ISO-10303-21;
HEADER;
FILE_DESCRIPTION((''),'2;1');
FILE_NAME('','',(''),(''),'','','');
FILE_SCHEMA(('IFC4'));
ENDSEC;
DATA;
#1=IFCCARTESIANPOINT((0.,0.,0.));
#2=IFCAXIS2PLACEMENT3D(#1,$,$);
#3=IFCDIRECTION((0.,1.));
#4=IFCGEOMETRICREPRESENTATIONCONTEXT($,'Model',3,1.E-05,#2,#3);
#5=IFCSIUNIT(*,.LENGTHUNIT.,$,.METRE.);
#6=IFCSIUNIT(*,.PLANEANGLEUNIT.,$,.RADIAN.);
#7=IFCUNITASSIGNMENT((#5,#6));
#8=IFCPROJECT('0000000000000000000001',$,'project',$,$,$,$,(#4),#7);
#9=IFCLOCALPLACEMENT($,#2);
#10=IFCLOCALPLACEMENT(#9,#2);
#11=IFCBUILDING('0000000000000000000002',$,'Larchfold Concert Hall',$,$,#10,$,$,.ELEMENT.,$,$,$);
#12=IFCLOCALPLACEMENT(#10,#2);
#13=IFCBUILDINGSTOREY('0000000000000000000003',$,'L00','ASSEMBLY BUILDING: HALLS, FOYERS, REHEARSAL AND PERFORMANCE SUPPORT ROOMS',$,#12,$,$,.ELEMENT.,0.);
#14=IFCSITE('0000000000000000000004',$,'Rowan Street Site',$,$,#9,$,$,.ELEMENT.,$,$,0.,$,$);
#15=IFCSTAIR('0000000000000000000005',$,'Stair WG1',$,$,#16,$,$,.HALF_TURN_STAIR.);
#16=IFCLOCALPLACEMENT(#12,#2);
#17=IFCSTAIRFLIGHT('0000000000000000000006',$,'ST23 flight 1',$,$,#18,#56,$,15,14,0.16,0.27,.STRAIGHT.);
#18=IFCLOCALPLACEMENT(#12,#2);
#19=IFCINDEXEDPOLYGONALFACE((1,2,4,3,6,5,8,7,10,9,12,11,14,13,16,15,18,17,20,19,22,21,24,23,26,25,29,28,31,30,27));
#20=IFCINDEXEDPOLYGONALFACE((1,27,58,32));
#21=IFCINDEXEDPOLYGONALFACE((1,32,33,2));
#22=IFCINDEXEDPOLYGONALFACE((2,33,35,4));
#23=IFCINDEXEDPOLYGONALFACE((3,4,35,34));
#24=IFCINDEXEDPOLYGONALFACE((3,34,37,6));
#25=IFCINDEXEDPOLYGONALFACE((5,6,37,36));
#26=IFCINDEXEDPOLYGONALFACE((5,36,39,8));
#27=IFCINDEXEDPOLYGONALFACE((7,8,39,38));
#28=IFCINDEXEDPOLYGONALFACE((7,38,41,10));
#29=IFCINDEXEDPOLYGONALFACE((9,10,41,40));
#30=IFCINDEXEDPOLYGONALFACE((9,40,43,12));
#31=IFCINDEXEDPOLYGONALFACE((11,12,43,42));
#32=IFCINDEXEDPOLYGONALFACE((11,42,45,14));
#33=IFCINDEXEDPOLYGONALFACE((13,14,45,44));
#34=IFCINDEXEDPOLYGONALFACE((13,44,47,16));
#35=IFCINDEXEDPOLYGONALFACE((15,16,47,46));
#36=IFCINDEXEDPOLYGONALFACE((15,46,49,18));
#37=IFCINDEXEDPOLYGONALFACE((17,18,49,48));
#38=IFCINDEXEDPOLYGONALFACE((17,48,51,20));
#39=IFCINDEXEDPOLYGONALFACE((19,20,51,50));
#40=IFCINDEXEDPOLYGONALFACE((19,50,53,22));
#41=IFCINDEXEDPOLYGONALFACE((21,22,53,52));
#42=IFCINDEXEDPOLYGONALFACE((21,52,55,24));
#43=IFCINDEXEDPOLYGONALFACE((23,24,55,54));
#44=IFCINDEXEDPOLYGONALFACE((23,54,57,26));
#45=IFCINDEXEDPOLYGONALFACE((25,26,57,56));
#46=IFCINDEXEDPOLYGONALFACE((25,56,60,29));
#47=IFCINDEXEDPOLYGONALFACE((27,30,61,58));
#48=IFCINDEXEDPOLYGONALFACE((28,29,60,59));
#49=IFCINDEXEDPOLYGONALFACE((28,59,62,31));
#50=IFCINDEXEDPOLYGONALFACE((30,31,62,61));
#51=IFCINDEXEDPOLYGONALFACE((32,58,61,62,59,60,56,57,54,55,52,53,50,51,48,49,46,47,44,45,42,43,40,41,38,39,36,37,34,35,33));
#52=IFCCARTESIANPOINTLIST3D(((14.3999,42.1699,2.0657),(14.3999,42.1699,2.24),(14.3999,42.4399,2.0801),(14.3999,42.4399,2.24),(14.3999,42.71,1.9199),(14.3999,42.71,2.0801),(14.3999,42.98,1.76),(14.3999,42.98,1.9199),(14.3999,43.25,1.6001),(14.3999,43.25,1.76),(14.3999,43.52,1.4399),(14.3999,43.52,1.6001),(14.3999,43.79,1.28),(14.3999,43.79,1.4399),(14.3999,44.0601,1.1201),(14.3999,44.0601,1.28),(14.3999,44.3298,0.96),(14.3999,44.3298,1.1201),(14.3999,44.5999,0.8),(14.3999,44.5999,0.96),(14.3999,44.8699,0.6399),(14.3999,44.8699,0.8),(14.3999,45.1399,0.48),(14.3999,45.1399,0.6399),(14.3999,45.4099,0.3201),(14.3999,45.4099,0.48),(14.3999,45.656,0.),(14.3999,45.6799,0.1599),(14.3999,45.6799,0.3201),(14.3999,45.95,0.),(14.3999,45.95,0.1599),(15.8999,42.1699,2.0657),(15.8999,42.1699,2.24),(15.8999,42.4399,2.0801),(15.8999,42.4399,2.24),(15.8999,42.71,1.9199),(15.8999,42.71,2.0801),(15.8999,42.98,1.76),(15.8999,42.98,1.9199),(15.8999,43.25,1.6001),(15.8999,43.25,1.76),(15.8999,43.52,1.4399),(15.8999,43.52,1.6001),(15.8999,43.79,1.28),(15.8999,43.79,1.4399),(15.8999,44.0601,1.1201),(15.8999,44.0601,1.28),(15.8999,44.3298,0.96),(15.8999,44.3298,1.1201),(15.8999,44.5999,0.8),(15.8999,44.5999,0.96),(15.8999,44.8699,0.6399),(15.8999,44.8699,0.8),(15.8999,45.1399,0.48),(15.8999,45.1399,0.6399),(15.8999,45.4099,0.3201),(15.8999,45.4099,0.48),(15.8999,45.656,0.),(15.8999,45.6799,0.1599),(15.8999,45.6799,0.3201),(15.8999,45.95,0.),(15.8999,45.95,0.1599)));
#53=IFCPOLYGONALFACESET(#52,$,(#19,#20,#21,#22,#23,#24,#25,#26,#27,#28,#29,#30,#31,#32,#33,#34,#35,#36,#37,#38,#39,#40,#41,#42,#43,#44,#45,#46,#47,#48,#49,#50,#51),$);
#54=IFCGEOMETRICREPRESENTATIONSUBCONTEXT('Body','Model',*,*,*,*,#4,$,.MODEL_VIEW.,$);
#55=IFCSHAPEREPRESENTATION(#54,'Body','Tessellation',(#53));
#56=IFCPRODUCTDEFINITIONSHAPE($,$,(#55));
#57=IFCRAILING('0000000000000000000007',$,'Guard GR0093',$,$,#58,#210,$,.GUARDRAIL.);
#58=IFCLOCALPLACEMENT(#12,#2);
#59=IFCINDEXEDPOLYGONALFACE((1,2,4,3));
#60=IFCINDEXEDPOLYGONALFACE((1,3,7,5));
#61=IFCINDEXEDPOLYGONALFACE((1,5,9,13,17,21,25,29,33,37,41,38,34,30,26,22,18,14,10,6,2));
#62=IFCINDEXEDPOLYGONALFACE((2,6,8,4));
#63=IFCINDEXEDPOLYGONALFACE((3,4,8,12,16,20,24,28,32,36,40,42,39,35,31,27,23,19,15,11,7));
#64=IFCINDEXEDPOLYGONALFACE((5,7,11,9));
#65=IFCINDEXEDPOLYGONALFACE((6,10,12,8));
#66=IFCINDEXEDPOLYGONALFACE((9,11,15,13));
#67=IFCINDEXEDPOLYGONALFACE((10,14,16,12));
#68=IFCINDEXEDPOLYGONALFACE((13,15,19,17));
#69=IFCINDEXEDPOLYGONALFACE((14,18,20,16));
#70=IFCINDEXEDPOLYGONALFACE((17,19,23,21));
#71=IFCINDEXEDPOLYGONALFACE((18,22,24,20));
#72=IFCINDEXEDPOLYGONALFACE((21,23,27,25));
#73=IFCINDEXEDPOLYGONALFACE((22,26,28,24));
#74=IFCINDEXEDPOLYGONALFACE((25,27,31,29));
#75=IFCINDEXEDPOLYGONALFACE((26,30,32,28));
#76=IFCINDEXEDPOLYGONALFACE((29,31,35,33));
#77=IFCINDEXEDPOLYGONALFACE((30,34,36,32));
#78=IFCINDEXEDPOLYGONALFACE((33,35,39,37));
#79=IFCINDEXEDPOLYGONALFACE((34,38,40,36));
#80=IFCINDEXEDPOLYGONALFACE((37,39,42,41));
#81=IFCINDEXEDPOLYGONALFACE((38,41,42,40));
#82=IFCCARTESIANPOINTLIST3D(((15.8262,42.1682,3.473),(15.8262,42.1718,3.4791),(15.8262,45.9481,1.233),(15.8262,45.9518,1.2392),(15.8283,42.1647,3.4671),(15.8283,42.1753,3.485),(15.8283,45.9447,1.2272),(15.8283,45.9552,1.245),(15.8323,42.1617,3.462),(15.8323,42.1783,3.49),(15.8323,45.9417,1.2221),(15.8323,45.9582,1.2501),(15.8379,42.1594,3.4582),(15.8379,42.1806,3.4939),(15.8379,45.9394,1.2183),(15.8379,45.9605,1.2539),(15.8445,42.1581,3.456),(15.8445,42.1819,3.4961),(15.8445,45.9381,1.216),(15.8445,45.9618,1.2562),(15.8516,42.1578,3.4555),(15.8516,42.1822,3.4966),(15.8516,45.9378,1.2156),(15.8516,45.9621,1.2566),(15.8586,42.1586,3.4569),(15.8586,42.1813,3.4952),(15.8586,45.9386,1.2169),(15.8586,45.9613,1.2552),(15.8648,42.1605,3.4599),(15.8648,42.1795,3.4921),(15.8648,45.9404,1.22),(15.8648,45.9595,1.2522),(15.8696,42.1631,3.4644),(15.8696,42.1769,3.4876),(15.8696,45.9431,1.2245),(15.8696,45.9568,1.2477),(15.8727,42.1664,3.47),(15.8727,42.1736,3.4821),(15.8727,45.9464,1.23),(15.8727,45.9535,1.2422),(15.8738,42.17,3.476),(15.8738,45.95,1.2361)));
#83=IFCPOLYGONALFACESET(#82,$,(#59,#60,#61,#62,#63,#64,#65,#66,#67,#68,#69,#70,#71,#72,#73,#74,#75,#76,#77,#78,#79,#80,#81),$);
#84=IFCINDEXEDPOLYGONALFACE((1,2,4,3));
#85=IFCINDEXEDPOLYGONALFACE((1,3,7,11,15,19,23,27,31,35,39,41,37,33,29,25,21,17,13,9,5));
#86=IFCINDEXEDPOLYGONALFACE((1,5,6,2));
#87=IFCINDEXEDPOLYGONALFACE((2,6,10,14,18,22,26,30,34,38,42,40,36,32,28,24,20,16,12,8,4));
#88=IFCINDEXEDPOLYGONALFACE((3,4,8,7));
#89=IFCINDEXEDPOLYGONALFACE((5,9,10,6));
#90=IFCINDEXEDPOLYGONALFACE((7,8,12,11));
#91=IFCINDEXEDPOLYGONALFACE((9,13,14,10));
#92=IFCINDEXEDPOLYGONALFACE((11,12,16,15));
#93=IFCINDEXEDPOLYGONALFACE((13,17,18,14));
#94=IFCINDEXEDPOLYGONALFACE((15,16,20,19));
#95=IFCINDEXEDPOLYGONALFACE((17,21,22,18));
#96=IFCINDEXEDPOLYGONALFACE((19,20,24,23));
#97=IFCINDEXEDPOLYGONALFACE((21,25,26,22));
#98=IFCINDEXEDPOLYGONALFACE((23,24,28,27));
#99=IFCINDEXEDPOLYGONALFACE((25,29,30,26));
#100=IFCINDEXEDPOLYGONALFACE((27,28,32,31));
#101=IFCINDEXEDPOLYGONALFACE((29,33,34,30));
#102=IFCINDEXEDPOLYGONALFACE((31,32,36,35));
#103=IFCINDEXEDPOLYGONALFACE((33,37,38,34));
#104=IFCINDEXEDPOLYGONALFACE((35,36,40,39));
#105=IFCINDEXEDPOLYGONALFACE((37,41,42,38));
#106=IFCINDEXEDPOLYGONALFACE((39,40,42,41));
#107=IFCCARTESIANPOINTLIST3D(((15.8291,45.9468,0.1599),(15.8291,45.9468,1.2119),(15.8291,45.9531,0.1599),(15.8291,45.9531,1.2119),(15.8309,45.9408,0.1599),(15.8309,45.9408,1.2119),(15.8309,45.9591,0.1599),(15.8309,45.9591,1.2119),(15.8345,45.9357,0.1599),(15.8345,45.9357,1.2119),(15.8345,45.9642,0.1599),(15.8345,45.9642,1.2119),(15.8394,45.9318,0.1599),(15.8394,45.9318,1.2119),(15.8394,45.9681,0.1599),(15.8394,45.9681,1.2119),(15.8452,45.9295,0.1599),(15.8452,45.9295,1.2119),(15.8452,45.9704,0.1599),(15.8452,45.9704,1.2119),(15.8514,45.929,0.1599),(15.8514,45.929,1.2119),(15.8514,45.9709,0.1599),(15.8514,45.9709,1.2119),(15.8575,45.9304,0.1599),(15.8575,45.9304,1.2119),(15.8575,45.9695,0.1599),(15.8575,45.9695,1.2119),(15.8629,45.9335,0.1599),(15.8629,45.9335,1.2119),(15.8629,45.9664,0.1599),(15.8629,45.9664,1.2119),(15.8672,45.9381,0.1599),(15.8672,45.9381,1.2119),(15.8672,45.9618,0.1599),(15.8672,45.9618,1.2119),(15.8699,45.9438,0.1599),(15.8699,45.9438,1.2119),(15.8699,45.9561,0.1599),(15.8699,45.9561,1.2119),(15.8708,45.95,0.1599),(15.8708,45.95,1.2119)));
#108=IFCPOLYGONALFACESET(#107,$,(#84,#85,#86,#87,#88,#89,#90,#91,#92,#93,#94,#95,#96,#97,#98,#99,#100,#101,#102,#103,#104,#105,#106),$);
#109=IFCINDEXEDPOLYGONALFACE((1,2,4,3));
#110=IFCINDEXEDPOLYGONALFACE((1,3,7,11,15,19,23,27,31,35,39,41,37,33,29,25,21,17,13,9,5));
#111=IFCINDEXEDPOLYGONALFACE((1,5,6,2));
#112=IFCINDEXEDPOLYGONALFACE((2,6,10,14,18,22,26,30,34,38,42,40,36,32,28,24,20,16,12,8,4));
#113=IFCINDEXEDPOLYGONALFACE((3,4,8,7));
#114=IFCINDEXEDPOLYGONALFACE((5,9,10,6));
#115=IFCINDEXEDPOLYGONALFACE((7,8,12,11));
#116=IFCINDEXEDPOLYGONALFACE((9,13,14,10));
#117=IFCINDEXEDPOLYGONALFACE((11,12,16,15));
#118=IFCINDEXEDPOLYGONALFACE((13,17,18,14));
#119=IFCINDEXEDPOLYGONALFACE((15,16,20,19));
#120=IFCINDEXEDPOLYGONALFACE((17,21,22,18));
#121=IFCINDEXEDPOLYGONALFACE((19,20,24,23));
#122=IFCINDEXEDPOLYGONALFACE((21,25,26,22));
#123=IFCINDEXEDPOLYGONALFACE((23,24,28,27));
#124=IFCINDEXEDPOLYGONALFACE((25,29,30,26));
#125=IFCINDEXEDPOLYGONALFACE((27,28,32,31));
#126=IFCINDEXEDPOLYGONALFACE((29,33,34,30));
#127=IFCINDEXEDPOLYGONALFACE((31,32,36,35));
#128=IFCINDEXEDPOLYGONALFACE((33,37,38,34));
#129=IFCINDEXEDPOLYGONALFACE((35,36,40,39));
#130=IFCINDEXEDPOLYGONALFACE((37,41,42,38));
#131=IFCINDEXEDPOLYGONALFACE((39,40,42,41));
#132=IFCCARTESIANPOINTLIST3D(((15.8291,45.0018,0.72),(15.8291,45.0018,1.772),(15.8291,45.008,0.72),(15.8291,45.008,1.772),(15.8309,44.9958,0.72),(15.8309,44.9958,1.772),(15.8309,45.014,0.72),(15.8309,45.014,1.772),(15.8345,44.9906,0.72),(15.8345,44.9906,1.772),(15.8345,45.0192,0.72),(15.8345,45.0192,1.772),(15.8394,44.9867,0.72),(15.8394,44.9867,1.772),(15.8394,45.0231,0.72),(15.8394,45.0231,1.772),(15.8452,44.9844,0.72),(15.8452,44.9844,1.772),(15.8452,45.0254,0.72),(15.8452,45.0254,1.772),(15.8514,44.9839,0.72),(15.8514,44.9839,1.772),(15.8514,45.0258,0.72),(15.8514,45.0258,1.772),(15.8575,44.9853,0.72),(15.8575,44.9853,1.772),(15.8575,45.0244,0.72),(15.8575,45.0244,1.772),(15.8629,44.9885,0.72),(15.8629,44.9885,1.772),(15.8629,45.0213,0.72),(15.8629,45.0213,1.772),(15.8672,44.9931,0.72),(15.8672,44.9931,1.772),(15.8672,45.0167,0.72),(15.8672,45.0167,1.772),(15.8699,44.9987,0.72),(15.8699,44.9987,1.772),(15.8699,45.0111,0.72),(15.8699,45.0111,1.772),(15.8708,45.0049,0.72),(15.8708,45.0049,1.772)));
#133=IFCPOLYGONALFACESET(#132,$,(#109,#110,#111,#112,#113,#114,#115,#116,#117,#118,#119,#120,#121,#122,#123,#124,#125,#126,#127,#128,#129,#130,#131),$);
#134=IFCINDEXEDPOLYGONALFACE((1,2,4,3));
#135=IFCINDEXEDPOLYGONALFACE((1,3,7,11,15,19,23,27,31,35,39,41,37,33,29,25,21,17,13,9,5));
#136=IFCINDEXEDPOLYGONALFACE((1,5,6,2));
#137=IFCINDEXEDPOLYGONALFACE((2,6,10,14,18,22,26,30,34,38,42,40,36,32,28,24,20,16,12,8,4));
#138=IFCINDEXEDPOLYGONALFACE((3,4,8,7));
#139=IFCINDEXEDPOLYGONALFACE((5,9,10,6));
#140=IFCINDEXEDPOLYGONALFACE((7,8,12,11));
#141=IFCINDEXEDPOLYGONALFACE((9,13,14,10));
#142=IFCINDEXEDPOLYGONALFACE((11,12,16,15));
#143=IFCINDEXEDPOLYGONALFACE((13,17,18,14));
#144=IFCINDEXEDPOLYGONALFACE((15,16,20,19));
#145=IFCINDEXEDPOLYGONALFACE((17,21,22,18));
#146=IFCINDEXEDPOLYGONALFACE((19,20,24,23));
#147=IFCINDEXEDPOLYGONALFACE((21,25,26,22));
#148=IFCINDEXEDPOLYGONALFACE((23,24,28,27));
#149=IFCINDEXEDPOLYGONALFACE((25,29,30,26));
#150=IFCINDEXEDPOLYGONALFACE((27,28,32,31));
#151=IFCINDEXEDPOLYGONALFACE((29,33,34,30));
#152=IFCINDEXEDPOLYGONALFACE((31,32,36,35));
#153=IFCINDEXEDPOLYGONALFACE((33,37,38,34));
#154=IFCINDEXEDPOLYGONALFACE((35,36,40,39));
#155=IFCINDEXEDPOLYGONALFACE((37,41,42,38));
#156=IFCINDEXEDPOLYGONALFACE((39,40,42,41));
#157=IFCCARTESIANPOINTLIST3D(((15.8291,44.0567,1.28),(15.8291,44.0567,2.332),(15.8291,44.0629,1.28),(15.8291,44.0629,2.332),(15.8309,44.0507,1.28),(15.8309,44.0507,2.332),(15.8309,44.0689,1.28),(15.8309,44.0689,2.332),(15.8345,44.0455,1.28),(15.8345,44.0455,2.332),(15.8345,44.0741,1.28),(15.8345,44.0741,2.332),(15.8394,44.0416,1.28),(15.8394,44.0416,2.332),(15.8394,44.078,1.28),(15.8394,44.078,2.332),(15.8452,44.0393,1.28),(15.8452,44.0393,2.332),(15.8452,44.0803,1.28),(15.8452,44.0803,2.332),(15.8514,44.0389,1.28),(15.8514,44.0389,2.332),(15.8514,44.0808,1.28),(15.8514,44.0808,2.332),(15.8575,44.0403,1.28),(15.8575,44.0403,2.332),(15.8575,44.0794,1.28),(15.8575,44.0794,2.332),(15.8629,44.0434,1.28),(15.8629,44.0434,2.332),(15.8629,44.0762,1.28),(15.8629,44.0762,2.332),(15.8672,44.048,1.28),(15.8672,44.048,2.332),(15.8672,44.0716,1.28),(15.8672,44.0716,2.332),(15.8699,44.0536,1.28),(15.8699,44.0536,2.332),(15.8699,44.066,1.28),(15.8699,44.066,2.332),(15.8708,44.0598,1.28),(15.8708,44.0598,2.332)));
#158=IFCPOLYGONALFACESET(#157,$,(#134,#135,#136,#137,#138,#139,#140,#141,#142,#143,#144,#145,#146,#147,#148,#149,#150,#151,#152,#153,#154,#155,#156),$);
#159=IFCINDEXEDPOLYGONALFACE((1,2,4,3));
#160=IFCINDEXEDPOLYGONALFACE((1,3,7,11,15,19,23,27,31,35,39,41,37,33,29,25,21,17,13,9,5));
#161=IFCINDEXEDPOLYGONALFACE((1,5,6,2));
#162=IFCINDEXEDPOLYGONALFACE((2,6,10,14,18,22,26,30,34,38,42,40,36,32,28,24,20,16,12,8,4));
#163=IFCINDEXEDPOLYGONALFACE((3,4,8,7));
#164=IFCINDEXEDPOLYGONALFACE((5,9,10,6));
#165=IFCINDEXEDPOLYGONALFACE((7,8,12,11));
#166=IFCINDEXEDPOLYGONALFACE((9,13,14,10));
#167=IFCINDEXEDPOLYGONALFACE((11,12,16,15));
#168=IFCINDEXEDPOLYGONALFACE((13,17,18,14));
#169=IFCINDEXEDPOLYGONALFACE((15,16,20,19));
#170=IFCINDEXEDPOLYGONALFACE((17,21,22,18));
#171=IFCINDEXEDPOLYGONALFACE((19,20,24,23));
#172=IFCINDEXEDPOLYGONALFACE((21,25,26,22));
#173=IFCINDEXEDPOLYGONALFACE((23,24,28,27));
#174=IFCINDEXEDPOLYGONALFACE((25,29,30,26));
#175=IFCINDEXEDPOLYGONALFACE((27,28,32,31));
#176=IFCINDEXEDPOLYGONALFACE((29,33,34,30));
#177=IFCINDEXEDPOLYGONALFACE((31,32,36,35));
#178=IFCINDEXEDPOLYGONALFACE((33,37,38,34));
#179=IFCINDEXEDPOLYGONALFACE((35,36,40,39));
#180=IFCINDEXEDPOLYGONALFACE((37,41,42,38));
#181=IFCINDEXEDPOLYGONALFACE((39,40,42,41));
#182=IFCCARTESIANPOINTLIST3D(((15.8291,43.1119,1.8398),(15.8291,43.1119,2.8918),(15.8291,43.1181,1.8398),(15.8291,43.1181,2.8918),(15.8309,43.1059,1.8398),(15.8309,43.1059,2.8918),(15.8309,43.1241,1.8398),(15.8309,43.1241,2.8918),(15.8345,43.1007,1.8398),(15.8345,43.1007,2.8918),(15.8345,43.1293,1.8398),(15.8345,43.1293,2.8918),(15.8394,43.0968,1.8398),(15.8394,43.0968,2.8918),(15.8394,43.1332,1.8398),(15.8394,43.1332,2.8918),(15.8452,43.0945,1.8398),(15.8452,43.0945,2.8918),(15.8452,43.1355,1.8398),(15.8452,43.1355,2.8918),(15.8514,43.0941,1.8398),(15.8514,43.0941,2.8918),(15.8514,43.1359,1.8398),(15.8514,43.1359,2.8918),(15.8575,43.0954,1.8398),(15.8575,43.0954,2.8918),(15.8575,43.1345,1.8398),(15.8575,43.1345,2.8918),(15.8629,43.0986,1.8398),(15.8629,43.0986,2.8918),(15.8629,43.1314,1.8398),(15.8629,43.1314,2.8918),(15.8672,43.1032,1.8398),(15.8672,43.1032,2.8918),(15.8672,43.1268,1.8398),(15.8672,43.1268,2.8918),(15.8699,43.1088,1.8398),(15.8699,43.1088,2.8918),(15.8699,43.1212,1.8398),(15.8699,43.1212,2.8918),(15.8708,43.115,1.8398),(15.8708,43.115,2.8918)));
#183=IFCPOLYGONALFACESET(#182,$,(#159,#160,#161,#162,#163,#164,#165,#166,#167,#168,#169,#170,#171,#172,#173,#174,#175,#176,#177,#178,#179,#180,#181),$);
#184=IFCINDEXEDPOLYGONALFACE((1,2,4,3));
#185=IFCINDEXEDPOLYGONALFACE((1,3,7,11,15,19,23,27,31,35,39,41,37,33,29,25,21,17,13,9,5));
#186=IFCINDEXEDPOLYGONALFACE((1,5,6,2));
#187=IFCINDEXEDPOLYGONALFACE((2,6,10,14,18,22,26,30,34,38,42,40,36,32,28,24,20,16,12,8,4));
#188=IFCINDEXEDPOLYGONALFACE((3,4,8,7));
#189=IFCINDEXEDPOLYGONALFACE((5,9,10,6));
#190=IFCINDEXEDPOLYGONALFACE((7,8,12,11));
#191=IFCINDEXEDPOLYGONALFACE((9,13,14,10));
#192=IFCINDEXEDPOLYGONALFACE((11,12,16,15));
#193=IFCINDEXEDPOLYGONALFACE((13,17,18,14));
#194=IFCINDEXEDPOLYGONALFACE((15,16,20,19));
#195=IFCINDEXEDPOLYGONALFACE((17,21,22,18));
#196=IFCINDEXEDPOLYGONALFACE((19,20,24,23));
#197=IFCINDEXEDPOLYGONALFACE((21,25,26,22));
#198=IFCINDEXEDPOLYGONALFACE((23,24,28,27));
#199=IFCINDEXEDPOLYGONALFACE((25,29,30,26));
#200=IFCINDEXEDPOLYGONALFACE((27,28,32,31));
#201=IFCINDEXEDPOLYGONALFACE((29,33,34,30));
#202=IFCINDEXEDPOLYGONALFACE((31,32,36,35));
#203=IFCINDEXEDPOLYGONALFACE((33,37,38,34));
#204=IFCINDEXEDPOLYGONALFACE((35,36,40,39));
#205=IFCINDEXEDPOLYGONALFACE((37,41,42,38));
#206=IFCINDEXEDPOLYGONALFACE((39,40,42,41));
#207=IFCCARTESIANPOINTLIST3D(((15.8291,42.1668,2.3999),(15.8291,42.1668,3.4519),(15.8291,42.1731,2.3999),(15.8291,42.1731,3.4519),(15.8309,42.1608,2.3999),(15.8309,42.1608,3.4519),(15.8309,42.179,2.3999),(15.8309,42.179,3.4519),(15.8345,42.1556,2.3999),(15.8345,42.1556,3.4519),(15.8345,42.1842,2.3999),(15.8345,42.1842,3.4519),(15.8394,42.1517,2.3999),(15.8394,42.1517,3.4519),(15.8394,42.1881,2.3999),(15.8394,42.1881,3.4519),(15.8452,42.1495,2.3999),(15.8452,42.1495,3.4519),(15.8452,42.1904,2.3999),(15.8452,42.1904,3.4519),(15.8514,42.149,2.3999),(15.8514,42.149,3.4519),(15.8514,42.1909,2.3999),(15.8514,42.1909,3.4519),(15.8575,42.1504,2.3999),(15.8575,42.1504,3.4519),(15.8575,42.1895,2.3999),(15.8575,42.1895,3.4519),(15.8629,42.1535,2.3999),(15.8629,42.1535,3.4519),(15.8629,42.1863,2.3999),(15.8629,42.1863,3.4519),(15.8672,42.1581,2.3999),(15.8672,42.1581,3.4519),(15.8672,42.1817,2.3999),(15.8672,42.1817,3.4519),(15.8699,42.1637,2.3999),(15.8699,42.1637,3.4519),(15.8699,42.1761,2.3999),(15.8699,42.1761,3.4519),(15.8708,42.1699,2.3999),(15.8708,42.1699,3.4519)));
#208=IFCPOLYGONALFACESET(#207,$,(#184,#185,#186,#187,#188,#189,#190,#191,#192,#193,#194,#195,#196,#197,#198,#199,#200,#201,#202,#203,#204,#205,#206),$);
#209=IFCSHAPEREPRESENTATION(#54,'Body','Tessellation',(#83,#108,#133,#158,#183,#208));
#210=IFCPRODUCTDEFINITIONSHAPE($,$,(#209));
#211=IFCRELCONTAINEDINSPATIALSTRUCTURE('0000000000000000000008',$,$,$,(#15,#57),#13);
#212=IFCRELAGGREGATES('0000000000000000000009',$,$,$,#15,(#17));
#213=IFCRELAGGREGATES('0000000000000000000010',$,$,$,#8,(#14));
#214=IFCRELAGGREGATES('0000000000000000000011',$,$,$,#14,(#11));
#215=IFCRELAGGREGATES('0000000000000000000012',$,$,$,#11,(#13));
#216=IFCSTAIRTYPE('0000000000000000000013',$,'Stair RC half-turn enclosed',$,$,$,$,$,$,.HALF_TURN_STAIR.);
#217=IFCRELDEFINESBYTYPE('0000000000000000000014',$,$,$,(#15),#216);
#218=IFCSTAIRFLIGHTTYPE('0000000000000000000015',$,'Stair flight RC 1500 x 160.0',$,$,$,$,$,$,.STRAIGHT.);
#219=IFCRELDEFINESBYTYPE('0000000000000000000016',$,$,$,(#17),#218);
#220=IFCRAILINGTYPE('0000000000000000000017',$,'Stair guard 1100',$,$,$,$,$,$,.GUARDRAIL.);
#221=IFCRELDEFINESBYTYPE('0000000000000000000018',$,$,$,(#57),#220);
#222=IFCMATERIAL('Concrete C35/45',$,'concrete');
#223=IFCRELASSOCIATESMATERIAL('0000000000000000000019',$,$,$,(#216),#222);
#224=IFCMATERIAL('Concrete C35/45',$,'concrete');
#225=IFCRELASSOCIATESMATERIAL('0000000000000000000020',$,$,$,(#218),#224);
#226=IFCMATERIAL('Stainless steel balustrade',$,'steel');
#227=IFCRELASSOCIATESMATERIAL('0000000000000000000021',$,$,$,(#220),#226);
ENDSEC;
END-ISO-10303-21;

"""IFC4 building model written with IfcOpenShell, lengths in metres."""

from ifc_helpers import new_model, si_unit, direction, frame, origin, origin_2d, place, context, subcontext, project, spatial, polyline, circle, outline, extrude, material, type_object, element, aggregate, save


model = new_model("IFC4")

# Units and contexts
model_context = context("Model", 3, precision=1e-05, world=origin(), true_north=direction((0.0, 1.0)))
body_context = subcontext(model_context, "Body", "Model", "MODEL_VIEW")
ifc_project = project(units=[si_unit("LENGTHUNIT", "METRE"), si_unit("PLANEANGLEUNIT", "RADIAN")], contexts=[model_context])

# Site, building, storey
site_placement = place(None, origin())
site = spatial("IfcSite", under=ifc_project, at=site_placement, Name="Rowan Street Site", CompositionType="ELEMENT", RefElevation=0.0)
building_placement = place(site_placement, origin())
building = spatial("IfcBuilding", under=site, at=building_placement, Name="Larchfold Concert Hall", CompositionType="ELEMENT")
storey_placement = place(building_placement, origin())
storey = spatial("IfcBuildingStorey", under=building, at=storey_placement, Name="L00", Description="ASSEMBLY BUILDING: HALLS, FOYERS, REHEARSAL AND PERFORMANCE SUPPORT ROOMS", CompositionType="ELEMENT", Elevation=0.0)

# Stair, stair flight
ifc_material_1 = material(Name="Concrete C35/45", Category="concrete")
stair_type = type_object("IfcStairType", Name="Stair RC half-turn enclosed", PredefinedType="HALF_TURN_STAIR", material=ifc_material_1)
stair_placement = place(storey_placement, origin())
stair = element("IfcStair", 1, at=stair_placement, inside=storey, type_object=stair_type, Name="Stair WG1", PredefinedType="HALF_TURN_STAIR")
ifc_material_2 = material(Name="Concrete C35/45", Category="concrete")
stair_flight_type = type_object("IfcStairFlightType", Name="Stair flight RC 1500 x 160.0", PredefinedType="STRAIGHT", material=ifc_material_2)
stair_flight_placement = place(storey_placement, frame((15.1499, 45.95, 0.0), z_axis=(0.0, 0.0, 1.0), x_axis=(0.0, -1.0, 0.0)))
stair_flight = element("IfcStairFlight", 2, at=stair_flight_placement, type_object=stair_flight_type, Name="ST23 flight 1", NumberOfRisers=15, NumberOfTreads=14, PredefinedType="STRAIGHT", RiserHeight=0.16, TreadLength=0.27, context=body_context, shape_type="SweptSolid", body=[
    extrude(outline(polyline([(0.0, 0.0), (0.0, 0.1599), (0.27, 0.1599), (0.27, 0.3201), (0.54, 0.3201), (0.54, 0.48), (0.8101, 0.48), (0.8101, 0.6399), (1.0801, 0.6399), (1.0801, 0.8), (1.3501, 0.8), (1.3501, 0.96), (1.6201, 0.96), (1.6201, 1.1201), (1.8899, 1.1201), (1.8899, 1.28), (2.1599, 1.28), (2.1599, 1.4399), (2.4299, 1.4399), (2.4299, 1.6001), (2.7, 1.6001), (2.7, 1.76), (2.97, 1.76), (2.97, 1.9199), (3.24, 1.9199), (3.24, 2.0801), (3.51, 2.0801), (3.51, 2.24), (3.78, 2.24), (3.78, 2.3999), (3.78, 2.0657), (0.2939, 0.0), (0.0, 0.0)])), frame((0.0, 0.75, 0.0), z_axis=(0.0, -1.0, 0.0), x_axis=(1.0, 0.0, 0.0)), (0.0, 0.0, 1.0), 1.5),
])
aggregate(stair, [stair_flight])

# Railing
ifc_material_3 = material(Name="Stainless steel balustrade", Category="steel")
railing_type_1 = type_object("IfcRailingType", Name="Stair guard 1100", PredefinedType="GUARDRAIL", material=ifc_material_3)
railing_1_placement = place(storey_placement, frame((15.8499, 45.95, 0.1599)))
element("IfcRailing", 3, at=railing_1_placement, inside=storey, type_object=railing_type_1, Name="Guard GR0093", PredefinedType="GUARDRAIL", context=body_context, shape_type="SweptSolid", body=[
    extrude(circle(Radius=0.0239, at=origin_2d()), frame((0.0, 0.0, 1.0762), z_axis=(0.0, -0.860294, 0.509798), x_axis=(1.0, 0.0, 0.0)), (0.0, 0.0, 1.0), 4.3938),
    extrude(circle(Radius=0.021, at=origin_2d()), origin(), (0.0, 0.0, 1.0), 1.052),
    extrude(circle(Radius=0.021, at=origin_2d()), frame((0.0, -0.9451, 0.5601)), (0.0, 0.0, 1.0), 1.052),
    extrude(circle(Radius=0.021, at=origin_2d()), frame((0.0, -1.8901, 1.1201)), (0.0, 0.0, 1.0), 1.052),
    extrude(circle(Radius=0.021, at=origin_2d()), frame((0.0, -2.835, 1.6799)), (0.0, 0.0, 1.0), 1.052),
    extrude(circle(Radius=0.021, at=origin_2d()), frame((0.0, -3.78, 2.24)), (0.0, 0.0, 1.0), 1.052),
])

save(model, "model.ifc")
